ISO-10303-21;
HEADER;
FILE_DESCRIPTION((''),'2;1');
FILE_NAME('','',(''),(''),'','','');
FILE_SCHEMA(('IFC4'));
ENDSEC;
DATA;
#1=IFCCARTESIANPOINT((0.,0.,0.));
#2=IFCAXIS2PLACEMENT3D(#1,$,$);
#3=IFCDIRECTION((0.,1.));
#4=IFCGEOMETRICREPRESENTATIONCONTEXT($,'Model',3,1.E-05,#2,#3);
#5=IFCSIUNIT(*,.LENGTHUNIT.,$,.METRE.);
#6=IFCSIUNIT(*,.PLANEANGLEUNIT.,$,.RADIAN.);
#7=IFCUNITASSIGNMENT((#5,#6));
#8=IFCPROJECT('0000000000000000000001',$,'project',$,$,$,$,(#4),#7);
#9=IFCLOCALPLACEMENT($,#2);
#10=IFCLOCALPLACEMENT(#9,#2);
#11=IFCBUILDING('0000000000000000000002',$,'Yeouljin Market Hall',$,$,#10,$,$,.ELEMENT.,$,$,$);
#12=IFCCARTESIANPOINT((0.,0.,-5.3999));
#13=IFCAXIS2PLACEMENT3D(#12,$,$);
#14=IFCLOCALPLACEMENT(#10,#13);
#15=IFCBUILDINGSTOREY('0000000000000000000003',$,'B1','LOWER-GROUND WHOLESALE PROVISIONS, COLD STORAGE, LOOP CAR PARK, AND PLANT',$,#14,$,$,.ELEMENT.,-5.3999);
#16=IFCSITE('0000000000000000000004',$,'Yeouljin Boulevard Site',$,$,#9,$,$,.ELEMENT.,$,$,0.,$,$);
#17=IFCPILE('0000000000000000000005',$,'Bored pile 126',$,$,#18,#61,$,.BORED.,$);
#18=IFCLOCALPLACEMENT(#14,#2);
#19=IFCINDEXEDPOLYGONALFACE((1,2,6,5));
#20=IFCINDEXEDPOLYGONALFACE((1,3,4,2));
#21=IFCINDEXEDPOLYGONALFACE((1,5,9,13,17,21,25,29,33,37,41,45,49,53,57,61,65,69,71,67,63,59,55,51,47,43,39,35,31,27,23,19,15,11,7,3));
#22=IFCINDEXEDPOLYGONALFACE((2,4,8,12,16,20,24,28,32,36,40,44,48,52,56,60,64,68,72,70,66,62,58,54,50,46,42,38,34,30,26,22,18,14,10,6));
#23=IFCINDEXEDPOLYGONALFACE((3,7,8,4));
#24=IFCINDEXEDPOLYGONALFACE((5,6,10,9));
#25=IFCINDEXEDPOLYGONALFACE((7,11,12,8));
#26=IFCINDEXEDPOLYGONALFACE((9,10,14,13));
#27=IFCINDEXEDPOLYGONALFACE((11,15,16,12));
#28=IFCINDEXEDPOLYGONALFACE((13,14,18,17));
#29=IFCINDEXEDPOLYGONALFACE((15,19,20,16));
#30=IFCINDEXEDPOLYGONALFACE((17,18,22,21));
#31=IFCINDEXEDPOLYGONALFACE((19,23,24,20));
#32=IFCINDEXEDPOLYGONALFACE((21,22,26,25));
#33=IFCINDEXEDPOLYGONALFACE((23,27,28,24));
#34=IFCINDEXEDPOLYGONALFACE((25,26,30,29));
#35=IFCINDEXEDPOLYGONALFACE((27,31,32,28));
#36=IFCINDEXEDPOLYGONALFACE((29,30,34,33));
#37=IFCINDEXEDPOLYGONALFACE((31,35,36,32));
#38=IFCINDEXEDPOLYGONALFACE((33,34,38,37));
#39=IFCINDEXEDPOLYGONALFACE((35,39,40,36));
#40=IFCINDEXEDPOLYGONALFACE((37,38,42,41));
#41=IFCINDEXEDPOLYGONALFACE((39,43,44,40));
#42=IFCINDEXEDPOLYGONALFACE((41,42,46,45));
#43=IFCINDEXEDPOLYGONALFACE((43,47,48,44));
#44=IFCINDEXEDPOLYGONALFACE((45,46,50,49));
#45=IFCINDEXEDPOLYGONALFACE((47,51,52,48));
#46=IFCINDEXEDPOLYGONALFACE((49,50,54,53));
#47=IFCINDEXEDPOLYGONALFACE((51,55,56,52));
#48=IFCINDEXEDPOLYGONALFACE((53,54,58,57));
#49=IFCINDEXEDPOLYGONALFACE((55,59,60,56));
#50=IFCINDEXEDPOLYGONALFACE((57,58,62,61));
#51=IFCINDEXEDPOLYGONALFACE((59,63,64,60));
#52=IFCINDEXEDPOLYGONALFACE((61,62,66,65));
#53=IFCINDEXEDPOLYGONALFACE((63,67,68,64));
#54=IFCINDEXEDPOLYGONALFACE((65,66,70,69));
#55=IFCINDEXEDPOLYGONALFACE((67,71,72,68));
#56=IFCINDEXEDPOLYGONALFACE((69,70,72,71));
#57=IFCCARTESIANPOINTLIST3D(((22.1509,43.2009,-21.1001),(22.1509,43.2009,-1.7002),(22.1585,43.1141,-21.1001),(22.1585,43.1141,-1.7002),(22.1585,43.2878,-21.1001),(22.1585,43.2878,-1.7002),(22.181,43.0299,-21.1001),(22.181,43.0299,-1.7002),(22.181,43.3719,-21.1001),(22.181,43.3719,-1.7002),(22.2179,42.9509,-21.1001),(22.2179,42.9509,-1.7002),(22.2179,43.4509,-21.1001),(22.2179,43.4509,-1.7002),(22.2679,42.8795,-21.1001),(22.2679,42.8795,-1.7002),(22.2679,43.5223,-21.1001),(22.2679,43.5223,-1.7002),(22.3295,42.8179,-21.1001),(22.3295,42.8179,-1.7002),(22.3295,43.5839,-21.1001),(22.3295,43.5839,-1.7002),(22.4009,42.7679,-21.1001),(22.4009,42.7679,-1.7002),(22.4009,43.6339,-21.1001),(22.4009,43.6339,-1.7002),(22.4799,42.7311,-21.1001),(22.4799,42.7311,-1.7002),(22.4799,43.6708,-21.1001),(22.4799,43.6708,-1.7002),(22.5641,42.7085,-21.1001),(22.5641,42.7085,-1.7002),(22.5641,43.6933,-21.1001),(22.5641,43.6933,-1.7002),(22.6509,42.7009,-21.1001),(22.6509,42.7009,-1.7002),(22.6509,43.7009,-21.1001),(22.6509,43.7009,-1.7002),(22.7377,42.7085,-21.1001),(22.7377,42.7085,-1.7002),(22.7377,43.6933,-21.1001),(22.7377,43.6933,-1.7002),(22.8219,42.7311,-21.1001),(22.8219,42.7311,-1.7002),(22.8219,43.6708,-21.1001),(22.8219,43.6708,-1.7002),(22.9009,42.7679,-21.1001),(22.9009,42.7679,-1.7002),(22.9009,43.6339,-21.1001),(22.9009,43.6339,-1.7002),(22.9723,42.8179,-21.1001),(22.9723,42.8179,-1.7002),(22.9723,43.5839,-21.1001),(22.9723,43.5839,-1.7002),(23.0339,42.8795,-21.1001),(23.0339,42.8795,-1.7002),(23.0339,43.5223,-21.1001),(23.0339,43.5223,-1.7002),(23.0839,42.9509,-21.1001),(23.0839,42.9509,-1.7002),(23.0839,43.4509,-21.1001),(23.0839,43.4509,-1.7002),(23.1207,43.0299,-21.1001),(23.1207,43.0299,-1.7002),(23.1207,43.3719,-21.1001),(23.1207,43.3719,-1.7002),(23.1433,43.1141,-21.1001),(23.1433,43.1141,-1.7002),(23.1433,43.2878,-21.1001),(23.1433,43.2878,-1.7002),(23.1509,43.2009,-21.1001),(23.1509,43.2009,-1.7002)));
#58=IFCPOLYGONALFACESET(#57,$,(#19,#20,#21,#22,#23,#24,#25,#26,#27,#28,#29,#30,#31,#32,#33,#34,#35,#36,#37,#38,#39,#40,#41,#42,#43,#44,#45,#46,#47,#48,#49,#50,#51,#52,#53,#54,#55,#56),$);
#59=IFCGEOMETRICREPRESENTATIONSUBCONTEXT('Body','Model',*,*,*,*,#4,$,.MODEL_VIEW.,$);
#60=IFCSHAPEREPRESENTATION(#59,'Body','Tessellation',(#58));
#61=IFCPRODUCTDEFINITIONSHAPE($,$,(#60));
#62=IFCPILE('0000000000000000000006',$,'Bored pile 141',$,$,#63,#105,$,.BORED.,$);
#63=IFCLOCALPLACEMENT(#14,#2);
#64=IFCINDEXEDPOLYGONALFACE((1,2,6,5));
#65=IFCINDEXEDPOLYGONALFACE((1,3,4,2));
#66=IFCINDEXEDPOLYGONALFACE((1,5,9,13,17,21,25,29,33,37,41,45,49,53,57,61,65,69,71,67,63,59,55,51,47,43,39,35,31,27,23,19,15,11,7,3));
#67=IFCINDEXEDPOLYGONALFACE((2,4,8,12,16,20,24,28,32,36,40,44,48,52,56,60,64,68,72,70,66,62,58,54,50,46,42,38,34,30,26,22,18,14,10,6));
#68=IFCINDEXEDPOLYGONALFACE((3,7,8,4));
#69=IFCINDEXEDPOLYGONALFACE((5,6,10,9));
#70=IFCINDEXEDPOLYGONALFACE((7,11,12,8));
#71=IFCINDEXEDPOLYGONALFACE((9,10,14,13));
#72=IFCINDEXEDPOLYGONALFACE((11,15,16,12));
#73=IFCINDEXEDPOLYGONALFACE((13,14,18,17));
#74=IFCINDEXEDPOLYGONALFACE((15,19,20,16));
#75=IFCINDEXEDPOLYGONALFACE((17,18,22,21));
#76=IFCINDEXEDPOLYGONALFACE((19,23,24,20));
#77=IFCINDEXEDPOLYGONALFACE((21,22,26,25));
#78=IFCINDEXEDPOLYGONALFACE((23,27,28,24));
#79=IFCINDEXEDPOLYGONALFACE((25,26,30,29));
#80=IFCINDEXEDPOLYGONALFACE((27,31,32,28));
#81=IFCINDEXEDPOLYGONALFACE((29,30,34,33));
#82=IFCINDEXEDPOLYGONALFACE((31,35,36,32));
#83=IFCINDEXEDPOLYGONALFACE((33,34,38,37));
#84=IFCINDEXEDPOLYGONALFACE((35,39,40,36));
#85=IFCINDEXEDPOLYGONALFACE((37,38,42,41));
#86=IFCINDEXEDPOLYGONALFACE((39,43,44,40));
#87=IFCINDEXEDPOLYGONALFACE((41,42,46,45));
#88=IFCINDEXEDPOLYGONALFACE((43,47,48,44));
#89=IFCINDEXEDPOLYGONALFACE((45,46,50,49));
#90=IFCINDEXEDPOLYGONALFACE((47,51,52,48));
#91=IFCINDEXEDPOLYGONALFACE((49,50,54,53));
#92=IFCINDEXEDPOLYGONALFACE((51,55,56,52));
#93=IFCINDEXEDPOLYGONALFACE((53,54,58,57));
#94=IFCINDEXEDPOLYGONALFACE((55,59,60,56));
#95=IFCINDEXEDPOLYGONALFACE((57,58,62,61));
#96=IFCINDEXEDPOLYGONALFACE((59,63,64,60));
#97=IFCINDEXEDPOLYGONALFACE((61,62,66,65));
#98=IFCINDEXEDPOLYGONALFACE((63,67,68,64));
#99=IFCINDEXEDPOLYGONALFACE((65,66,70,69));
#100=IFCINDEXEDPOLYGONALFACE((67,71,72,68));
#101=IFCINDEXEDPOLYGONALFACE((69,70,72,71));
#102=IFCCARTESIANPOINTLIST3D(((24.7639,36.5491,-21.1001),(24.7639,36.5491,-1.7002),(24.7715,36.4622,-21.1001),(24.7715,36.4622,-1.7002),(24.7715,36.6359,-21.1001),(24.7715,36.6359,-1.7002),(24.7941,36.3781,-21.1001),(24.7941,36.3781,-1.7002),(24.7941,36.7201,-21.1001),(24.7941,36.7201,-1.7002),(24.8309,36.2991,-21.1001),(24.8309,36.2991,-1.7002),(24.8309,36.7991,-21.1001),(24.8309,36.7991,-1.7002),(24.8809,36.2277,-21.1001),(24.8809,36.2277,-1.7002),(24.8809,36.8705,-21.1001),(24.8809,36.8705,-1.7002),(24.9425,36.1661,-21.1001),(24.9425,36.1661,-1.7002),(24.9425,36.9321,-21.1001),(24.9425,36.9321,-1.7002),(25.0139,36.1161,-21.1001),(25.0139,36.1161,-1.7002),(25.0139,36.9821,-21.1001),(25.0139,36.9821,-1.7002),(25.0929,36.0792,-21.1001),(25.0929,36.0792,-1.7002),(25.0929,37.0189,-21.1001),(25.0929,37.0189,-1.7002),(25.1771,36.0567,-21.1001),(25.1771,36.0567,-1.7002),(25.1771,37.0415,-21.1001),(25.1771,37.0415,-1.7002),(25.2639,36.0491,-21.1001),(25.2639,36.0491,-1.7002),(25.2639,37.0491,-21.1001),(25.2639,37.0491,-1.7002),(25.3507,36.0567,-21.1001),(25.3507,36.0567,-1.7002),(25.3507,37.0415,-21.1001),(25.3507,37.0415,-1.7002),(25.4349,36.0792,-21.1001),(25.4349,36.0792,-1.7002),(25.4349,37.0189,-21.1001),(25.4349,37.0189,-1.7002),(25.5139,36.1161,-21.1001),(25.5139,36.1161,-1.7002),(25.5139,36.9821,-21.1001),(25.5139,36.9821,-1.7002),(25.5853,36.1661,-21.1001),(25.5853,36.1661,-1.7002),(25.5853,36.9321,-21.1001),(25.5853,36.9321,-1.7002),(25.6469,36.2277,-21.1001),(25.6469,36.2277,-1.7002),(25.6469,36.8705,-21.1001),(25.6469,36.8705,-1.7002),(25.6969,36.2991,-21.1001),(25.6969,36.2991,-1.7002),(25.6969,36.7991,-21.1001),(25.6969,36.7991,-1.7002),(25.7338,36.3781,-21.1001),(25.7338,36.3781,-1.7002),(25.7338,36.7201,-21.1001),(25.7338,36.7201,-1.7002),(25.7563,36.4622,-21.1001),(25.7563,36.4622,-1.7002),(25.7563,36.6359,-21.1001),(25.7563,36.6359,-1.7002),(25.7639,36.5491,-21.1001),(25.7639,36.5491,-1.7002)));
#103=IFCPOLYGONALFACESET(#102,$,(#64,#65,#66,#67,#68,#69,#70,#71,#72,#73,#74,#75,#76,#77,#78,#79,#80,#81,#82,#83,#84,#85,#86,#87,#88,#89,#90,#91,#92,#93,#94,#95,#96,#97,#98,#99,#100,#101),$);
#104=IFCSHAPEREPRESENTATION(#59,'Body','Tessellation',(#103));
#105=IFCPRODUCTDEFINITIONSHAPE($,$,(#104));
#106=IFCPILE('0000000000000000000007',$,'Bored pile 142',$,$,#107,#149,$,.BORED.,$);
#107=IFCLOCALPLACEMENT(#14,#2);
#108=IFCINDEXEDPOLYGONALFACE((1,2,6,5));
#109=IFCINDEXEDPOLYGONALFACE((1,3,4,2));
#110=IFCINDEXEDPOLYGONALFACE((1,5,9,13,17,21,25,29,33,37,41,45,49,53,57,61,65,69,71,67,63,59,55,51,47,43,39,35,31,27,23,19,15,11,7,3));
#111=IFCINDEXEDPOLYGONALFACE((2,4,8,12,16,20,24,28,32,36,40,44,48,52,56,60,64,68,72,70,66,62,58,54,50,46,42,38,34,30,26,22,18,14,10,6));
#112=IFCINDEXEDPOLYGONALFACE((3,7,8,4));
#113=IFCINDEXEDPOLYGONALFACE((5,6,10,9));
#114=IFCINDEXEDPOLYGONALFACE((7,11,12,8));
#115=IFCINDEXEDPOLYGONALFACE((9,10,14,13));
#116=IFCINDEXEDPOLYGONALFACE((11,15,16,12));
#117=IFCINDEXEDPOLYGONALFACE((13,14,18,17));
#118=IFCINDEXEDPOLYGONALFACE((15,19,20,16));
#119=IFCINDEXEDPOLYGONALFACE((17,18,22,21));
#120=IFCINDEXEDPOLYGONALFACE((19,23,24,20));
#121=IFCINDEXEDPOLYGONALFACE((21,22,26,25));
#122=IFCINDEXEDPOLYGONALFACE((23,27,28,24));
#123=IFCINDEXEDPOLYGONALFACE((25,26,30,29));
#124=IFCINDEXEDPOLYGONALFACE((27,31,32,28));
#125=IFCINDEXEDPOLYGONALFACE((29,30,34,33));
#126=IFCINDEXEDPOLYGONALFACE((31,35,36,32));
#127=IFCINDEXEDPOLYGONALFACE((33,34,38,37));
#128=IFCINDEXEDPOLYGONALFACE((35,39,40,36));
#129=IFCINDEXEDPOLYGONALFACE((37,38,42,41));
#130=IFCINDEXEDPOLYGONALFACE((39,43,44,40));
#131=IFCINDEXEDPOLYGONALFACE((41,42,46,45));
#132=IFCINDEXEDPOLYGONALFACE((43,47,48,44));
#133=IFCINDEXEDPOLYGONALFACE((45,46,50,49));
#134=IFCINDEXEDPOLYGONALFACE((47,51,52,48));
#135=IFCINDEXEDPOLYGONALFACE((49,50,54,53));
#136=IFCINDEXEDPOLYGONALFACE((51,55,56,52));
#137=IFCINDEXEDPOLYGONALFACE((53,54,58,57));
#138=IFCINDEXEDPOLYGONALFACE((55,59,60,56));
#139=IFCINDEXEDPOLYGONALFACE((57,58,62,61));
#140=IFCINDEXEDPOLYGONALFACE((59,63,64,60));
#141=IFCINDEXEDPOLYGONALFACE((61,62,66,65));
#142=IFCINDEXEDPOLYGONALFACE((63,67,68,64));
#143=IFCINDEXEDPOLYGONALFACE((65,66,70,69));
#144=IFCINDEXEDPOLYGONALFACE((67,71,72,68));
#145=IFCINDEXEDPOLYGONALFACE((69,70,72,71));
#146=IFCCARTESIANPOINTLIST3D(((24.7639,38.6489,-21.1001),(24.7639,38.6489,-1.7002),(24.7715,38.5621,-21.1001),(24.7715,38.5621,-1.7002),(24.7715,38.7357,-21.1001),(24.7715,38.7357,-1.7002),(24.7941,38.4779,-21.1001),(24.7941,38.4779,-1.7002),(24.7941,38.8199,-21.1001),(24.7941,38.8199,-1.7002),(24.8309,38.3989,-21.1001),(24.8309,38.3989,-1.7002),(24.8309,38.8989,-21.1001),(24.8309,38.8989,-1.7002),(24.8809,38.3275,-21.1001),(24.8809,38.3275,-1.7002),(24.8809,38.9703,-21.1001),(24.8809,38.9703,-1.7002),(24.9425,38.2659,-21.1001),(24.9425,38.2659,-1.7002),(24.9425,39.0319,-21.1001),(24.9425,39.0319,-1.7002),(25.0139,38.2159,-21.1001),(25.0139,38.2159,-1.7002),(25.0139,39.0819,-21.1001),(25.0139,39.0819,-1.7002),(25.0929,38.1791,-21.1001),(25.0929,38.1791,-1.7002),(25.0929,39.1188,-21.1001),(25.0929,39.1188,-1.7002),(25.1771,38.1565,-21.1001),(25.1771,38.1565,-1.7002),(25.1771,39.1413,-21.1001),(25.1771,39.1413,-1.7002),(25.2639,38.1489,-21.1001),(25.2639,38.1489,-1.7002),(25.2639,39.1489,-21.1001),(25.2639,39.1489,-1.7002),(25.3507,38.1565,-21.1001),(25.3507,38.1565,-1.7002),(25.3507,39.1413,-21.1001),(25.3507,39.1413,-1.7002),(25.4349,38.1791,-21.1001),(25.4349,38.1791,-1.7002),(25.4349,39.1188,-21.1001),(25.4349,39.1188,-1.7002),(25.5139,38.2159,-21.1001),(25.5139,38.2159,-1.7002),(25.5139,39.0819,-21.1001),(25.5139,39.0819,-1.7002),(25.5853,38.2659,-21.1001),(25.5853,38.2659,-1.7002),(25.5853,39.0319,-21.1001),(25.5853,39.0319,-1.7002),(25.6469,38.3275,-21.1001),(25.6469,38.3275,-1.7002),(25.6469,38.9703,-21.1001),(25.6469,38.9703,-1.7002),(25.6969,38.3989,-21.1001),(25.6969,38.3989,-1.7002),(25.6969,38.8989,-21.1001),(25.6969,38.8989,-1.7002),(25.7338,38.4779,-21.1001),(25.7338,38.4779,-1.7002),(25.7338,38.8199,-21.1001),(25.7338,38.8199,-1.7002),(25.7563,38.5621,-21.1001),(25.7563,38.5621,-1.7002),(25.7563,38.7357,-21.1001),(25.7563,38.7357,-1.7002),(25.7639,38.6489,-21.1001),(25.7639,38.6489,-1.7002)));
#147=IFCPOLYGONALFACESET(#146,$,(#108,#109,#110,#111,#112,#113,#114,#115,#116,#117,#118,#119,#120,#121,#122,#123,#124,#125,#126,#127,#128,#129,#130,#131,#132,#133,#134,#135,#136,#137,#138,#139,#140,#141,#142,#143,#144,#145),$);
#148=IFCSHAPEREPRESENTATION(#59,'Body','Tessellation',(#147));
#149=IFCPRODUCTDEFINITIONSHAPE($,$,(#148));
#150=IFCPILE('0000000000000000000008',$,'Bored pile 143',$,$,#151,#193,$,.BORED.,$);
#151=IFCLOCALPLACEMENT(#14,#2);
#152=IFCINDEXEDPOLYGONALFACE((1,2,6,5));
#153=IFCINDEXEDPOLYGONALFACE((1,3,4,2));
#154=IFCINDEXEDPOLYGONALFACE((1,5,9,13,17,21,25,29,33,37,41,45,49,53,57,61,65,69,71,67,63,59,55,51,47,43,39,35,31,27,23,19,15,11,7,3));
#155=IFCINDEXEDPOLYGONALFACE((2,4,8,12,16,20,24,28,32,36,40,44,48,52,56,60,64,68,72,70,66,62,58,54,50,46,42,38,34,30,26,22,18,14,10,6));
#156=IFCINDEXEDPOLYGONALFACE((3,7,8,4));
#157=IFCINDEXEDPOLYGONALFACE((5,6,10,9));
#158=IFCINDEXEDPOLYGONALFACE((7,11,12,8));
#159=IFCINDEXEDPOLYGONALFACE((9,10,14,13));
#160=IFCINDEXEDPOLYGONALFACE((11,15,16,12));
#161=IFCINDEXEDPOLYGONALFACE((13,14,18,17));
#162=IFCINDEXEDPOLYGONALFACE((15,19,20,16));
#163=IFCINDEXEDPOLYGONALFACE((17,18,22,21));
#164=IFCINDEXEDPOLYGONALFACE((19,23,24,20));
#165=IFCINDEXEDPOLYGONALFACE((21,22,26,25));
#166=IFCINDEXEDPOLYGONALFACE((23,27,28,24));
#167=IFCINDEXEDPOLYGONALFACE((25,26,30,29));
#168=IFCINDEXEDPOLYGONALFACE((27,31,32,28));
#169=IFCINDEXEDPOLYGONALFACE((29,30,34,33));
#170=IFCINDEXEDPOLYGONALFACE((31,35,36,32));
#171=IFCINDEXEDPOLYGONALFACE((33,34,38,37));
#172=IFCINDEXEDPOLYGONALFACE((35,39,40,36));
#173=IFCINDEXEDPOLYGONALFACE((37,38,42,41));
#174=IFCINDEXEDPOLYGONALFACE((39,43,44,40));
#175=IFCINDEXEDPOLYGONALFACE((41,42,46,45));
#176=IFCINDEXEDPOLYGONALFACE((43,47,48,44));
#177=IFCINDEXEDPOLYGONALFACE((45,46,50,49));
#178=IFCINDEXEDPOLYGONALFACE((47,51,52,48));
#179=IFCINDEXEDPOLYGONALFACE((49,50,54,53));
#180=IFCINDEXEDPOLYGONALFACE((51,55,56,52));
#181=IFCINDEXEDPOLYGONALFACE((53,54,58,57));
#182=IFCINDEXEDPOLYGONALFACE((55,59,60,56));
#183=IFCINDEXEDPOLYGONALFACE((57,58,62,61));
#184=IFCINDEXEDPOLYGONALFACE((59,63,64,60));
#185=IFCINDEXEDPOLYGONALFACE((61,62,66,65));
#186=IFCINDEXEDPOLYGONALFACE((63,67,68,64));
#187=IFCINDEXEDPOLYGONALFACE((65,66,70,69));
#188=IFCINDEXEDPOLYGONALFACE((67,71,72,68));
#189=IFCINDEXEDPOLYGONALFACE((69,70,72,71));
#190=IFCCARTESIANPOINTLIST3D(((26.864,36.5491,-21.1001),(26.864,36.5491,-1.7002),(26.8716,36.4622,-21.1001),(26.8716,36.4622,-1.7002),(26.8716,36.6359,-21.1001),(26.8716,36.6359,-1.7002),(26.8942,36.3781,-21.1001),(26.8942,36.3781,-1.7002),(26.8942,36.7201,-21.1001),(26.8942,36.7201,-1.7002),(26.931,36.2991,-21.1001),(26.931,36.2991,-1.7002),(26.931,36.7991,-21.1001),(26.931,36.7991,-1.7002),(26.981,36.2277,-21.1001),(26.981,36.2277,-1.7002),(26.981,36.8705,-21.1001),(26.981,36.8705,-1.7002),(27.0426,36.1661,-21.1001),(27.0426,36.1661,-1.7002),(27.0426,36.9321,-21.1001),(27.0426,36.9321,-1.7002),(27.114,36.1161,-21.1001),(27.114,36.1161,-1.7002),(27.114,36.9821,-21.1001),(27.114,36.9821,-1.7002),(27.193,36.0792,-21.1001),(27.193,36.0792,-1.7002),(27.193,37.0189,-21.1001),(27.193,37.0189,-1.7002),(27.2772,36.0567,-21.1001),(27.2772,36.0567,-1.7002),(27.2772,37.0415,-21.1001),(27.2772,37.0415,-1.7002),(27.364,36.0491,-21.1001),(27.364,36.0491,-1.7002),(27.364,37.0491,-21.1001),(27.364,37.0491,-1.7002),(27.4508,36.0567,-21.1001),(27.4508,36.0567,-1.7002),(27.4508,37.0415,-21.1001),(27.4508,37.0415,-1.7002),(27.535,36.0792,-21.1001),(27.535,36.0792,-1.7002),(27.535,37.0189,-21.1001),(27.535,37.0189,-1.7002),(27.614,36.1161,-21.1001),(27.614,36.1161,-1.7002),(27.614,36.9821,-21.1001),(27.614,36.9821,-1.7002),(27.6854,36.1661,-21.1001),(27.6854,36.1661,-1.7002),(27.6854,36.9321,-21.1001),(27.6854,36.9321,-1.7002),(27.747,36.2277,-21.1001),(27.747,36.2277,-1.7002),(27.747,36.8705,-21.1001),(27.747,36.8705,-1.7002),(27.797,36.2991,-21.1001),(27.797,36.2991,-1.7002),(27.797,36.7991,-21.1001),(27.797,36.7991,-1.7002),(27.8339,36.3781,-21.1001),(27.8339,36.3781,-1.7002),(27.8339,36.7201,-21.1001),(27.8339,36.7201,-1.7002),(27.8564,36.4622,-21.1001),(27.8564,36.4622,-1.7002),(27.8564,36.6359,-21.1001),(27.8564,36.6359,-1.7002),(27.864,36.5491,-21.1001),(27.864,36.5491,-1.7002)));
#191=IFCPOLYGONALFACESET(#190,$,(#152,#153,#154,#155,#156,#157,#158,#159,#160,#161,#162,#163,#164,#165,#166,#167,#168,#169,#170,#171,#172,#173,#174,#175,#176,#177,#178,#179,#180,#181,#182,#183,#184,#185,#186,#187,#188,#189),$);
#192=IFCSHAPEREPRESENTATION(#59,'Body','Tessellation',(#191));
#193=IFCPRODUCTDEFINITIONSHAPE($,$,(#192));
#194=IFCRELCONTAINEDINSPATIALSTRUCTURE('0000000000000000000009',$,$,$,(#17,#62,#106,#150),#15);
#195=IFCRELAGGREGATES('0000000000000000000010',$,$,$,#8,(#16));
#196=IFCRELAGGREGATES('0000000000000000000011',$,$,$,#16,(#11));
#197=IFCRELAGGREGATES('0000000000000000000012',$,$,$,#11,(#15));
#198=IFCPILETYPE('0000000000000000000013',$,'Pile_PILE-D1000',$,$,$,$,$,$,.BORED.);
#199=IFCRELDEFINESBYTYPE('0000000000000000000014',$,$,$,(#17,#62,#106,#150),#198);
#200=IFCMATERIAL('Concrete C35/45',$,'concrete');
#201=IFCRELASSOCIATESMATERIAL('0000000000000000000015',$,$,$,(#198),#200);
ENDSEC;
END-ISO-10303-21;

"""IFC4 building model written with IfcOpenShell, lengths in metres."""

from ifc_helpers import new_model, si_unit, direction, frame, origin, origin_2d, place, context, subcontext, project, spatial, circle, extrude, material, material_profile, profile_set, type_object, element, save


model = new_model("IFC4")

# Units and contexts
model_context = context("Model", 3, precision=1e-05, world=origin(), true_north=direction((0.0, 1.0)))
body_context = subcontext(model_context, "Body", "Model", "MODEL_VIEW")
ifc_project = project(units=[si_unit("LENGTHUNIT", "METRE"), si_unit("PLANEANGLEUNIT", "RADIAN")], contexts=[model_context])

# Site, building, storey
site_placement = place(None, origin())
site = spatial("IfcSite", under=ifc_project, at=site_placement, Name="Yeouljin Boulevard Site", CompositionType="ELEMENT", RefElevation=0.0)
building_placement = place(site_placement, origin())
building = spatial("IfcBuilding", under=site, at=building_placement, Name="Yeouljin Market Hall", CompositionType="ELEMENT")
storey_placement = place(building_placement, frame((0.0, 0.0, -5.3999)))
storey = spatial("IfcBuildingStorey", under=building, at=storey_placement, Name="B1", Description="LOWER-GROUND WHOLESALE PROVISIONS, COLD STORAGE, LOOP CAR PARK, AND PLANT", CompositionType="ELEMENT", Elevation=-5.3999)

# Piles
ifc_material_1 = material(Name="Concrete C35/45", Category="concrete")
ifc_material_profile_1 = material_profile(ifc_material_1, circle(Radius=0.5, at=origin_2d()), Name="PILE-D1000")
ifc_profile_set_1 = profile_set([ifc_material_profile_1], Name="Concrete C35/45")
pile_type = type_object("IfcPileType", Name="Pile_PILE-D1000", PredefinedType="BORED", material=ifc_profile_set_1)
for number, where, z_axis, x_axis, name in (
    (1, (22.6509, 43.2009, -1.7002), (0.0, 0.0, -1.0), (1.0, 0.0, 0.0), "Bored pile 126"),
    (2, (25.2639, 36.5491, -1.7002), (0.0, 0.0, -1.0), (1.0, 0.0, 0.0), "Bored pile 141"),
    (3, (25.2639, 38.6489, -1.7002), (0.0, 0.0, -1.0), (1.0, 0.0, 0.0), "Bored pile 142"),
    (4, (27.364, 36.5491, -1.7002), (0.0, 0.0, -1.0), (1.0, 0.0, 0.0), "Bored pile 143"),
):
    element("IfcPile", number, at=place(storey_placement, frame(where, z_axis=z_axis, x_axis=x_axis)), inside=storey, type_object=pile_type, Name=name, PredefinedType="BORED", context=body_context, shape_type="SweptSolid", body=[
        extrude(circle(Radius=0.5, at=origin_2d()), origin(), (0.0, 0.0, 1.0), 19.3999),
    ])

save(model, "model.ifc")
